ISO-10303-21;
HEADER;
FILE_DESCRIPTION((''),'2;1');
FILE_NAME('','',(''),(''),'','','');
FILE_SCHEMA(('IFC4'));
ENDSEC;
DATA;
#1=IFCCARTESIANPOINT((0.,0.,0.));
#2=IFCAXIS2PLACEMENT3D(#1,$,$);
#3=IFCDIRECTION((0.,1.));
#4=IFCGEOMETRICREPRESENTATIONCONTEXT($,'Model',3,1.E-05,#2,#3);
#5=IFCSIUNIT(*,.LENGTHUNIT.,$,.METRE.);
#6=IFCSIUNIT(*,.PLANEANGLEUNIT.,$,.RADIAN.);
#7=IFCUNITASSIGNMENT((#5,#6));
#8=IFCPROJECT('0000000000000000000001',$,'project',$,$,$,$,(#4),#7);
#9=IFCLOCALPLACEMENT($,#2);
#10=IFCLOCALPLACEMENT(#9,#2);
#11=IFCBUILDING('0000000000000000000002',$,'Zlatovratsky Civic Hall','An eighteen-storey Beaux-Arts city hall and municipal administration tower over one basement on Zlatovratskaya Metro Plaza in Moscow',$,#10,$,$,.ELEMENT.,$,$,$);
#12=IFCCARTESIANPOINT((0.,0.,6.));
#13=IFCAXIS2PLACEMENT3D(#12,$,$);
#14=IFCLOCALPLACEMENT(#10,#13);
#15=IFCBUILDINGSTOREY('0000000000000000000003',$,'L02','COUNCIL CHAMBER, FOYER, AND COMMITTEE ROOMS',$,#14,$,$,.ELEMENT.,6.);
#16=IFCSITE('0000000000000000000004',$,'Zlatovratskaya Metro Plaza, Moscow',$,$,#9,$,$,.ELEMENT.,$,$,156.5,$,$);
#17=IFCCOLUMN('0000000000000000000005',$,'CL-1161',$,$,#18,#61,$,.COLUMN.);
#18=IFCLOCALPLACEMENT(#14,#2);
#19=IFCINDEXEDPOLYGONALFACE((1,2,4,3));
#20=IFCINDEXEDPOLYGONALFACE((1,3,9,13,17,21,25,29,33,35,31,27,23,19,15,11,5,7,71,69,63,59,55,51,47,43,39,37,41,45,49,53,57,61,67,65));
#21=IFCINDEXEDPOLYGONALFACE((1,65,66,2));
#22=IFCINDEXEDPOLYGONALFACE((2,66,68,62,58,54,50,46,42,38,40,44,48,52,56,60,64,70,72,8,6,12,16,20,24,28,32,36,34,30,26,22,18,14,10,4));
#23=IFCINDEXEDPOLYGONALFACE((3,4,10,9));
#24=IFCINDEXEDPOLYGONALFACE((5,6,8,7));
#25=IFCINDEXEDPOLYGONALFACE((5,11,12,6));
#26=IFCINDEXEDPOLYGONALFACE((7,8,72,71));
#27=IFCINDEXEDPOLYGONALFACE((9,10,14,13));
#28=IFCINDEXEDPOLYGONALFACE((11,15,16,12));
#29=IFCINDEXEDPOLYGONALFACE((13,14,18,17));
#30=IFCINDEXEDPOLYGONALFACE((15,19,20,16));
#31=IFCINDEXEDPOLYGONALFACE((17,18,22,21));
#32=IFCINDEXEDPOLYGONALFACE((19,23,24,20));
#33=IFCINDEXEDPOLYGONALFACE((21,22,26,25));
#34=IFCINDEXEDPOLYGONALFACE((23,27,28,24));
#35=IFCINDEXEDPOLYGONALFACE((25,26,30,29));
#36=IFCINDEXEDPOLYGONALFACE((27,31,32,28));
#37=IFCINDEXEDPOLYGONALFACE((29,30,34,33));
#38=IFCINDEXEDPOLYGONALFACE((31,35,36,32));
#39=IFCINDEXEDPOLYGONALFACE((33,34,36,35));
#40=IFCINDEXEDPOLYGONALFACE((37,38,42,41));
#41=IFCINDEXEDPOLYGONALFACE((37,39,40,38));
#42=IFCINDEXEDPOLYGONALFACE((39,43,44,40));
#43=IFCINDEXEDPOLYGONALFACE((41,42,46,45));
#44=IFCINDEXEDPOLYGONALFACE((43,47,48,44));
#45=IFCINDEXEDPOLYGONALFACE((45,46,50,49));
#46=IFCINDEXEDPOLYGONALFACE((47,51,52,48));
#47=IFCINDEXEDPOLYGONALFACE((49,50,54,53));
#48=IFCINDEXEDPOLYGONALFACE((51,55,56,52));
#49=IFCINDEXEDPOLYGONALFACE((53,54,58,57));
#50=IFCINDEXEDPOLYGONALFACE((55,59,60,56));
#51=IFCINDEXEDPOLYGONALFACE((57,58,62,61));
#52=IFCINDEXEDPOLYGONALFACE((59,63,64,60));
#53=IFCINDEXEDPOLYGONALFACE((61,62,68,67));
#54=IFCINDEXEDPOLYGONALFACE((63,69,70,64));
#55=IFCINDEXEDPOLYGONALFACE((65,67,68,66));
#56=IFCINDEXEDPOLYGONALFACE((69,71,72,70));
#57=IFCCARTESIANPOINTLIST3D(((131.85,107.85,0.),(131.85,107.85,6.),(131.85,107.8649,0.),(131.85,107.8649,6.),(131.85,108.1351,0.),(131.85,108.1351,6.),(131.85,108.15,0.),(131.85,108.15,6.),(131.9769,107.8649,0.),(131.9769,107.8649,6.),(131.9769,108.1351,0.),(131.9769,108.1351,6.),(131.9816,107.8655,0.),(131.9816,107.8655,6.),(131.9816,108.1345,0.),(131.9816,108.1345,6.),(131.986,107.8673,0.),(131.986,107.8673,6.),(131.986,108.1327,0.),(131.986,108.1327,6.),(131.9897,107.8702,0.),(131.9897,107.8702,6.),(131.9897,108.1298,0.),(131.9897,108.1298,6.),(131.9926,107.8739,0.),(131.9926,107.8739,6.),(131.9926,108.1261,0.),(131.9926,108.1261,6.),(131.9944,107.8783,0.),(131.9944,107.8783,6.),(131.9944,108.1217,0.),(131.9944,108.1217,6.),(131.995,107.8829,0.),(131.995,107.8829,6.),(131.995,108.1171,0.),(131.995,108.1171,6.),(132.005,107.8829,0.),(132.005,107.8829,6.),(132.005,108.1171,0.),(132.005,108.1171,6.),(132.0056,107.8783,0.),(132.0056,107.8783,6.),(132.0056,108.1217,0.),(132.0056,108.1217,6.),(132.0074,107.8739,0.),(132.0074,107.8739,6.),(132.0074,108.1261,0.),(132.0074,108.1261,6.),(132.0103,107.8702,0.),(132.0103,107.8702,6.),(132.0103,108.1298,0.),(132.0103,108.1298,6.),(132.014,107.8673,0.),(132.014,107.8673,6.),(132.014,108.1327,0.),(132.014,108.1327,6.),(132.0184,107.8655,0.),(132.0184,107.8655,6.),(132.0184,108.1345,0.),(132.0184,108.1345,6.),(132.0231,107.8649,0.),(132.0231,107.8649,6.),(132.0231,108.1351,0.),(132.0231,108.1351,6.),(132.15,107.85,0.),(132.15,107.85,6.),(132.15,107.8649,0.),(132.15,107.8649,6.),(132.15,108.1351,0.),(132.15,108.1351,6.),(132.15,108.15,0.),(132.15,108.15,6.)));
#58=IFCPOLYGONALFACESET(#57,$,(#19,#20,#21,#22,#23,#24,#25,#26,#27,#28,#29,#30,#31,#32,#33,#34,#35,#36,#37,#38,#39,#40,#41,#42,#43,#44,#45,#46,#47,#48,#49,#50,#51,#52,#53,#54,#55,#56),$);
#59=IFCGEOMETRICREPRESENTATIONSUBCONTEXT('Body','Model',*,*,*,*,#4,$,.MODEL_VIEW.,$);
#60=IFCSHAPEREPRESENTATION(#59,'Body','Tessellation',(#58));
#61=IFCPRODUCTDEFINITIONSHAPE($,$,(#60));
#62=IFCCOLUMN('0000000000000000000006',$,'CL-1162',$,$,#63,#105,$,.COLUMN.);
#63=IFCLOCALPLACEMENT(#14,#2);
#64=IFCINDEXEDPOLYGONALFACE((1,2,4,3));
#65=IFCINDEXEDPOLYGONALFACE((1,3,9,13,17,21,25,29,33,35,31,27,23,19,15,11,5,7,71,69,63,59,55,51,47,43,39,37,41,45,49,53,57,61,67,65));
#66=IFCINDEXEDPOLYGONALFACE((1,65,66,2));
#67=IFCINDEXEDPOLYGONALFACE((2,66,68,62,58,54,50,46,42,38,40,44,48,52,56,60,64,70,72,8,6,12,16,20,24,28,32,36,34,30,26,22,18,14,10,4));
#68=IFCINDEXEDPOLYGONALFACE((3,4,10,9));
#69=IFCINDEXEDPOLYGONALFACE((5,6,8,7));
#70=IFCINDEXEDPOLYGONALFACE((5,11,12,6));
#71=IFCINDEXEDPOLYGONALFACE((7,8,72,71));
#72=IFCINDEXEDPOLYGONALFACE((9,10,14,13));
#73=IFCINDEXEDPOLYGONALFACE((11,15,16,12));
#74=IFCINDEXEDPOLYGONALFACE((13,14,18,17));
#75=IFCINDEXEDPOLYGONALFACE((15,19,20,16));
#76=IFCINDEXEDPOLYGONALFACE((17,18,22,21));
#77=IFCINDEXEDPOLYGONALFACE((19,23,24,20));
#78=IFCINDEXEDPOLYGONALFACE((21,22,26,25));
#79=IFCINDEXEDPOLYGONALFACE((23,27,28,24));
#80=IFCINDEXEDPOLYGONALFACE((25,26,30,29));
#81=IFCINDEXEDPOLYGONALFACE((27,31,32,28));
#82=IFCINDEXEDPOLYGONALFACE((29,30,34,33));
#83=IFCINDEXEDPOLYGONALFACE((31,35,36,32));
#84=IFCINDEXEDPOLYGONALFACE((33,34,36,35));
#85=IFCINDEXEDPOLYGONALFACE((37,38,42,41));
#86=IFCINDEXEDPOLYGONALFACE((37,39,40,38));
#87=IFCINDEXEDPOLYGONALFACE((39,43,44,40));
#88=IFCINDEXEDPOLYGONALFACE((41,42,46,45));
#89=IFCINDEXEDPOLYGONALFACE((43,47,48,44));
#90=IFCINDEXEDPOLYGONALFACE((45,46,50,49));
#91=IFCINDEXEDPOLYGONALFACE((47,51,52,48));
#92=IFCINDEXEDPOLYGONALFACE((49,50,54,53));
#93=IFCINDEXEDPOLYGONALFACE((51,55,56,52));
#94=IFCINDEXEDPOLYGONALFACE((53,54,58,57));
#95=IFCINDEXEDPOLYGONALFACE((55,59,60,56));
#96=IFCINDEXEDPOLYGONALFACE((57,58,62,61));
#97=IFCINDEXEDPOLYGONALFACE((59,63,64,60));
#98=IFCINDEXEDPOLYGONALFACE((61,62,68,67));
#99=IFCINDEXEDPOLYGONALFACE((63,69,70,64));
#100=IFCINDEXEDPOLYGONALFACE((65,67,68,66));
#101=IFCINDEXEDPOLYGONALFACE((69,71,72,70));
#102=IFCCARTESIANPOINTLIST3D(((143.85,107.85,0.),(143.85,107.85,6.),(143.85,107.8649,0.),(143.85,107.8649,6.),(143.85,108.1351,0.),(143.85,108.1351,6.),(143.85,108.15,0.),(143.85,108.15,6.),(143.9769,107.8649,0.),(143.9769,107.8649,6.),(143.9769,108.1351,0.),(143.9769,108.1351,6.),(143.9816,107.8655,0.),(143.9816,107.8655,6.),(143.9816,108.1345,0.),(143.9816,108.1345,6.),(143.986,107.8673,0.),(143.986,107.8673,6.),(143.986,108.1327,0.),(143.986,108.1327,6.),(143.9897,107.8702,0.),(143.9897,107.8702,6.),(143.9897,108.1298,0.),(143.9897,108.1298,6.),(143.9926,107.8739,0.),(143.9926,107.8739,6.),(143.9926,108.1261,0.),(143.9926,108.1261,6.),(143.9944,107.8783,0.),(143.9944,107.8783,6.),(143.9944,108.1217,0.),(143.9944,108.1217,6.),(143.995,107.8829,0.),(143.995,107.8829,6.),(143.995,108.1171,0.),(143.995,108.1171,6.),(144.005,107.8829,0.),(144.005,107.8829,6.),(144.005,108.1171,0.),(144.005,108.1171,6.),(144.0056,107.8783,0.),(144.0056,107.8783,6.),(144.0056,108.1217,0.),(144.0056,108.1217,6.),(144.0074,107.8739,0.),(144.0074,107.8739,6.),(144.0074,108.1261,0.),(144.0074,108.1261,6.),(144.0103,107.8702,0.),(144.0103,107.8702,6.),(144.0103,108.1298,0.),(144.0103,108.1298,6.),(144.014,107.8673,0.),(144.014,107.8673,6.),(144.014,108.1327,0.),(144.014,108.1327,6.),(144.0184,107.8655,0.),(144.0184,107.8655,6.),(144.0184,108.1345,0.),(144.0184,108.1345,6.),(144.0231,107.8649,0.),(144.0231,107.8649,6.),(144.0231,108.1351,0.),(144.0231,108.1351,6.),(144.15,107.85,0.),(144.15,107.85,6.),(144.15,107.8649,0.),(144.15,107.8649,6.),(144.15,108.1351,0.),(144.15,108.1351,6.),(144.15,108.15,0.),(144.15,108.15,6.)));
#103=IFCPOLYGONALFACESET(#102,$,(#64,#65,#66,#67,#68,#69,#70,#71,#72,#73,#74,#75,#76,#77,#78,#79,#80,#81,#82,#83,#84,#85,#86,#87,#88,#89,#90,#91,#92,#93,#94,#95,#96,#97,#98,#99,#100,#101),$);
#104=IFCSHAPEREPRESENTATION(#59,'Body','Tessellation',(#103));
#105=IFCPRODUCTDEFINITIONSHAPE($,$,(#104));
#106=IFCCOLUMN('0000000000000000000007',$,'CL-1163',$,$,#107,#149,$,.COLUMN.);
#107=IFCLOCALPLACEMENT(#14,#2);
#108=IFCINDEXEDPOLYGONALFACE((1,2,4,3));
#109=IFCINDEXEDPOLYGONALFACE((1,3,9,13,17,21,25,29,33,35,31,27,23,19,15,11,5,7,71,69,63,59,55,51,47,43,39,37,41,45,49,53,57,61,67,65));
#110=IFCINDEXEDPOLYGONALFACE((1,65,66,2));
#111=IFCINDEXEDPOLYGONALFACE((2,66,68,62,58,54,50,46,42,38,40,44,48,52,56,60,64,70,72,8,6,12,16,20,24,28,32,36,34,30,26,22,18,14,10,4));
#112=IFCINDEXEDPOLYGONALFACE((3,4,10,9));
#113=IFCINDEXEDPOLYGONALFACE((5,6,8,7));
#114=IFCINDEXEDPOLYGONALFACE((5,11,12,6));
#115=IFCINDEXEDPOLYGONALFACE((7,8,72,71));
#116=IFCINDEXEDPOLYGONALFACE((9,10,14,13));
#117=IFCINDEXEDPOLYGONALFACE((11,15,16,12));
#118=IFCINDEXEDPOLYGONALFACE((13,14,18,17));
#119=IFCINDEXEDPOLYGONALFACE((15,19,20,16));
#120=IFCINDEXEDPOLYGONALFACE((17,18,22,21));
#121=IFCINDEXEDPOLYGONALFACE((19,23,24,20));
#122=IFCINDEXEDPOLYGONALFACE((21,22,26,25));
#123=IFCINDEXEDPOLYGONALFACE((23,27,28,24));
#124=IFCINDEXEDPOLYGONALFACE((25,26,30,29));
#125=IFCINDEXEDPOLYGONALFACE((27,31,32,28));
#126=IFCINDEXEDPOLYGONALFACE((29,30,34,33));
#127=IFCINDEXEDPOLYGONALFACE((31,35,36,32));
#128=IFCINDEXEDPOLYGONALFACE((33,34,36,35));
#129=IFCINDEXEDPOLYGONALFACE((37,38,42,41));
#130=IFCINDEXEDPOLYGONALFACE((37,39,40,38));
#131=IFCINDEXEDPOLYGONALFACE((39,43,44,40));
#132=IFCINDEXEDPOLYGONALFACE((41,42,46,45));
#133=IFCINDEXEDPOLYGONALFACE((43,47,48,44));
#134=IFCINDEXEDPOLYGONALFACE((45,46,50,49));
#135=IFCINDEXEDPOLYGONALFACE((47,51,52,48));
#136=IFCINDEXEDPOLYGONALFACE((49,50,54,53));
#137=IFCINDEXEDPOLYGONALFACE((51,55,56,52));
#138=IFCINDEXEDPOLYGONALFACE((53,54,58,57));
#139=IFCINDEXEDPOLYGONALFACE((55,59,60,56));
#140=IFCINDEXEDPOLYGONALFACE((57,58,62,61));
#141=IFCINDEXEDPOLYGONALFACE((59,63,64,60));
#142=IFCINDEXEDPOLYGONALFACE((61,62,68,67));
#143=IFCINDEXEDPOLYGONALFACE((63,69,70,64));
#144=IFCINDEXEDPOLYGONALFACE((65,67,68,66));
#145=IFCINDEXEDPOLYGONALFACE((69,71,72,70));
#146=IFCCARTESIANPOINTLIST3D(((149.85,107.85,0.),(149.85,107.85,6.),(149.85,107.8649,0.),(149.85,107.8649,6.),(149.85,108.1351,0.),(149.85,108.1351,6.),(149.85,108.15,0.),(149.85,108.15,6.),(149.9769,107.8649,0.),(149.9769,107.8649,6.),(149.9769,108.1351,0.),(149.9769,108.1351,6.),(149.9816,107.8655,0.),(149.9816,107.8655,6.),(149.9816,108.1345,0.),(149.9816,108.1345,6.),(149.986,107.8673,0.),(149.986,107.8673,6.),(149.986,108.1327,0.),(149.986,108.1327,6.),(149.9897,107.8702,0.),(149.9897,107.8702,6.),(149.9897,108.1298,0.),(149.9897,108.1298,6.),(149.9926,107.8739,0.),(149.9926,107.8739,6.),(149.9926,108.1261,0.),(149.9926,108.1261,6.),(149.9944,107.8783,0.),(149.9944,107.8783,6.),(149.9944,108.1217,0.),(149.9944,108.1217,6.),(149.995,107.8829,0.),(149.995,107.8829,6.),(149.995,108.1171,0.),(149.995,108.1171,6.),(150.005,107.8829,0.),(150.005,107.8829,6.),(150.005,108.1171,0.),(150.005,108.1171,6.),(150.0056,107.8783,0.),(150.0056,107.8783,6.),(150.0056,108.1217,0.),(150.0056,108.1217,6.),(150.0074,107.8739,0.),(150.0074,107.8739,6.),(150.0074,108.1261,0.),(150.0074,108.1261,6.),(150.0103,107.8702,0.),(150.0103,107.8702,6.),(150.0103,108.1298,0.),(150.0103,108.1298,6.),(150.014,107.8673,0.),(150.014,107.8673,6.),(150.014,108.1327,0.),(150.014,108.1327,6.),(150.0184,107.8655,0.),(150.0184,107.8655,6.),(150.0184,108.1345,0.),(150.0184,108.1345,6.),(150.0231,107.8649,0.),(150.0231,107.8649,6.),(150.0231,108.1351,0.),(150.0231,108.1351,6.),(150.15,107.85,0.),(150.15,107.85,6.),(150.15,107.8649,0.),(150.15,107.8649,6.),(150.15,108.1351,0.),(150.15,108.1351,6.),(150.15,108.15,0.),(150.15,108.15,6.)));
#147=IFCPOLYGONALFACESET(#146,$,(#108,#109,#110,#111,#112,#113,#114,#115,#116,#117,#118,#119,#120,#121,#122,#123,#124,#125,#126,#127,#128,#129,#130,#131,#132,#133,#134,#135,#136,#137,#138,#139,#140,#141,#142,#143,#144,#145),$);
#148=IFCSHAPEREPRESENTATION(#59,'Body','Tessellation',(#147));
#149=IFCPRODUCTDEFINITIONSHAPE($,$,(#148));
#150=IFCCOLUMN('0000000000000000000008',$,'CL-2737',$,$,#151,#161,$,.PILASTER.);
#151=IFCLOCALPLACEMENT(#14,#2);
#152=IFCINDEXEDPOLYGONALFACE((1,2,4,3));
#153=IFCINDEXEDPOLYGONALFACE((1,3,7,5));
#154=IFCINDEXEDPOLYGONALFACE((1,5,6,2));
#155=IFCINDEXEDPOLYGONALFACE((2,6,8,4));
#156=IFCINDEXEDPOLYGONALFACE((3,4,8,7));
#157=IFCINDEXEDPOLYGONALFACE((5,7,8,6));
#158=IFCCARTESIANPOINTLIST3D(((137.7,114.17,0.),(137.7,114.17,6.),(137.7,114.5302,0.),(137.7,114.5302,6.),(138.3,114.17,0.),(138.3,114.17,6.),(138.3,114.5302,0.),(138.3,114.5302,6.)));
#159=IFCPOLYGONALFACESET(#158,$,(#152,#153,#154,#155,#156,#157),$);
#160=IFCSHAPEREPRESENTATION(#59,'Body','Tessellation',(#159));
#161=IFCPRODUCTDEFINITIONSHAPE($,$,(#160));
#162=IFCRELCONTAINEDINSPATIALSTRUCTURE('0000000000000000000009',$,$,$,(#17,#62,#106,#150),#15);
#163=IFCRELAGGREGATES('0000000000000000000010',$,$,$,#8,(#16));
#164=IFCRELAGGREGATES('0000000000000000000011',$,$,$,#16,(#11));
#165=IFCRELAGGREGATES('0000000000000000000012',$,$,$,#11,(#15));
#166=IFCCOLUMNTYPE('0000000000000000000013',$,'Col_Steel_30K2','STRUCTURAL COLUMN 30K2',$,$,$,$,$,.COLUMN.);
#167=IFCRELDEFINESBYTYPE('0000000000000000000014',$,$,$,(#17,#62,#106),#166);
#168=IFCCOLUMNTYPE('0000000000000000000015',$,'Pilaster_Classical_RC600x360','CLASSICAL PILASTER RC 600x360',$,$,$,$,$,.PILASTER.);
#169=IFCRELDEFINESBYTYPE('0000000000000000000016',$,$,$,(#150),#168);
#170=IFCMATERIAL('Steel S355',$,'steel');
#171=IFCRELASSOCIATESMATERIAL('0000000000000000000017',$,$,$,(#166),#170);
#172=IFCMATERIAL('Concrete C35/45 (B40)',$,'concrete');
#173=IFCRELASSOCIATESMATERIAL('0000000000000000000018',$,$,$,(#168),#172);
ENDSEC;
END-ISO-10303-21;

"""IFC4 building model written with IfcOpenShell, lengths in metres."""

from ifc_helpers import new_model, si_unit, direction, frame, origin, origin_2d, place, context, subcontext, project, spatial, rectangle, i_section, extrude, material, material_profile, profile_set, type_object, element, save


model = new_model("IFC4")

# Units and contexts
model_context = context("Model", 3, precision=1e-05, world=origin(), true_north=direction((0.0, 1.0)))
body_context = subcontext(model_context, "Body", "Model", "MODEL_VIEW")
ifc_project = project(units=[si_unit("LENGTHUNIT", "METRE"), si_unit("PLANEANGLEUNIT", "RADIAN")], contexts=[model_context])

# Site, building, storey
site_placement = place(None, origin())
site = spatial("IfcSite", under=ifc_project, at=site_placement, Name="Zlatovratskaya Metro Plaza, Moscow", CompositionType="ELEMENT", RefElevation=156.5)
building_placement = place(site_placement, origin())
building = spatial("IfcBuilding", under=site, at=building_placement, Name="Zlatovratsky Civic Hall", Description="An eighteen-storey Beaux-Arts city hall and municipal administration tower over one basement on Zlatovratskaya Metro Plaza in Moscow", CompositionType="ELEMENT")
storey_placement = place(building_placement, frame((0.0, 0.0, 6.0)))
storey = spatial("IfcBuildingStorey", under=building, at=storey_placement, Name="L02", Description="COUNCIL CHAMBER, FOYER, AND COMMITTEE ROOMS", CompositionType="ELEMENT", Elevation=6.0)

# Columns
ifc_material_1 = material(Name="Concrete C35/45 (B40)", Category="concrete")
ifc_material_2 = material(Name="Steel S355", Category="steel")
ifc_material_profile_1 = material_profile(ifc_material_2, i_section(OverallWidth=0.3, OverallDepth=0.3, WebThickness=0.01, FlangeThickness=0.0149, FilletRadius=0.0181, at=origin_2d()), Name="30K2")
ifc_profile_set_1 = profile_set([ifc_material_profile_1], Name="Steel S355")
column_type_1 = type_object("IfcColumnType", Name="Col_Steel_30K2", Description="STRUCTURAL COLUMN 30K2", PredefinedType="COLUMN", material=ifc_profile_set_1)
for number, where, z_axis, x_axis, name in (
    (1, (132.0, 108.0, 0.0), (0.0, 0.0, 1.0), (1.0, 0.0, 0.0), "CL-1161"),
    (2, (144.0, 108.0, 0.0), (0.0, 0.0, 1.0), (1.0, 0.0, 0.0), "CL-1162"),
    (3, (150.0, 108.0, 0.0), (0.0, 0.0, 1.0), (1.0, 0.0, 0.0), "CL-1163"),
):
    element("IfcColumn", number, at=place(storey_placement, frame(where, z_axis=z_axis, x_axis=x_axis)), inside=storey, type_object=column_type_1, Name=name, PredefinedType="COLUMN", context=body_context, shape_type="SweptSolid", body=[
        extrude(i_section(OverallWidth=0.3, OverallDepth=0.3, WebThickness=0.01, FlangeThickness=0.0149, FilletRadius=0.0181, at=origin_2d()), origin(), (0.0, 0.0, 1.0), 6.0),
    ])
ifc_material_profile_2 = material_profile(ifc_material_1, rectangle(XDim=0.6001, YDim=0.3601, at=origin_2d()), Name="RC 600x360")
ifc_profile_set_2 = profile_set([ifc_material_profile_2], Name="Concrete C35/45 (B40)")
column_type_2 = type_object("IfcColumnType", Name="Pilaster_Classical_RC600x360", Description="CLASSICAL PILASTER RC 600x360", PredefinedType="PILASTER", material=ifc_profile_set_2)
column_placement = place(storey_placement, frame((138.0, 114.3501, 0.0), z_axis=(0.0, 0.0, 1.0), x_axis=(1.0, 0.0, 0.0)))
element("IfcColumn", 4, at=column_placement, inside=storey, type_object=column_type_2, Name="CL-2737", PredefinedType="PILASTER", context=body_context, shape_type="SweptSolid", body=[
    extrude(rectangle(XDim=0.6001, YDim=0.3601, at=origin_2d()), origin(), (0.0, 0.0, 1.0), 6.0),
])

save(model, "model.ifc")
